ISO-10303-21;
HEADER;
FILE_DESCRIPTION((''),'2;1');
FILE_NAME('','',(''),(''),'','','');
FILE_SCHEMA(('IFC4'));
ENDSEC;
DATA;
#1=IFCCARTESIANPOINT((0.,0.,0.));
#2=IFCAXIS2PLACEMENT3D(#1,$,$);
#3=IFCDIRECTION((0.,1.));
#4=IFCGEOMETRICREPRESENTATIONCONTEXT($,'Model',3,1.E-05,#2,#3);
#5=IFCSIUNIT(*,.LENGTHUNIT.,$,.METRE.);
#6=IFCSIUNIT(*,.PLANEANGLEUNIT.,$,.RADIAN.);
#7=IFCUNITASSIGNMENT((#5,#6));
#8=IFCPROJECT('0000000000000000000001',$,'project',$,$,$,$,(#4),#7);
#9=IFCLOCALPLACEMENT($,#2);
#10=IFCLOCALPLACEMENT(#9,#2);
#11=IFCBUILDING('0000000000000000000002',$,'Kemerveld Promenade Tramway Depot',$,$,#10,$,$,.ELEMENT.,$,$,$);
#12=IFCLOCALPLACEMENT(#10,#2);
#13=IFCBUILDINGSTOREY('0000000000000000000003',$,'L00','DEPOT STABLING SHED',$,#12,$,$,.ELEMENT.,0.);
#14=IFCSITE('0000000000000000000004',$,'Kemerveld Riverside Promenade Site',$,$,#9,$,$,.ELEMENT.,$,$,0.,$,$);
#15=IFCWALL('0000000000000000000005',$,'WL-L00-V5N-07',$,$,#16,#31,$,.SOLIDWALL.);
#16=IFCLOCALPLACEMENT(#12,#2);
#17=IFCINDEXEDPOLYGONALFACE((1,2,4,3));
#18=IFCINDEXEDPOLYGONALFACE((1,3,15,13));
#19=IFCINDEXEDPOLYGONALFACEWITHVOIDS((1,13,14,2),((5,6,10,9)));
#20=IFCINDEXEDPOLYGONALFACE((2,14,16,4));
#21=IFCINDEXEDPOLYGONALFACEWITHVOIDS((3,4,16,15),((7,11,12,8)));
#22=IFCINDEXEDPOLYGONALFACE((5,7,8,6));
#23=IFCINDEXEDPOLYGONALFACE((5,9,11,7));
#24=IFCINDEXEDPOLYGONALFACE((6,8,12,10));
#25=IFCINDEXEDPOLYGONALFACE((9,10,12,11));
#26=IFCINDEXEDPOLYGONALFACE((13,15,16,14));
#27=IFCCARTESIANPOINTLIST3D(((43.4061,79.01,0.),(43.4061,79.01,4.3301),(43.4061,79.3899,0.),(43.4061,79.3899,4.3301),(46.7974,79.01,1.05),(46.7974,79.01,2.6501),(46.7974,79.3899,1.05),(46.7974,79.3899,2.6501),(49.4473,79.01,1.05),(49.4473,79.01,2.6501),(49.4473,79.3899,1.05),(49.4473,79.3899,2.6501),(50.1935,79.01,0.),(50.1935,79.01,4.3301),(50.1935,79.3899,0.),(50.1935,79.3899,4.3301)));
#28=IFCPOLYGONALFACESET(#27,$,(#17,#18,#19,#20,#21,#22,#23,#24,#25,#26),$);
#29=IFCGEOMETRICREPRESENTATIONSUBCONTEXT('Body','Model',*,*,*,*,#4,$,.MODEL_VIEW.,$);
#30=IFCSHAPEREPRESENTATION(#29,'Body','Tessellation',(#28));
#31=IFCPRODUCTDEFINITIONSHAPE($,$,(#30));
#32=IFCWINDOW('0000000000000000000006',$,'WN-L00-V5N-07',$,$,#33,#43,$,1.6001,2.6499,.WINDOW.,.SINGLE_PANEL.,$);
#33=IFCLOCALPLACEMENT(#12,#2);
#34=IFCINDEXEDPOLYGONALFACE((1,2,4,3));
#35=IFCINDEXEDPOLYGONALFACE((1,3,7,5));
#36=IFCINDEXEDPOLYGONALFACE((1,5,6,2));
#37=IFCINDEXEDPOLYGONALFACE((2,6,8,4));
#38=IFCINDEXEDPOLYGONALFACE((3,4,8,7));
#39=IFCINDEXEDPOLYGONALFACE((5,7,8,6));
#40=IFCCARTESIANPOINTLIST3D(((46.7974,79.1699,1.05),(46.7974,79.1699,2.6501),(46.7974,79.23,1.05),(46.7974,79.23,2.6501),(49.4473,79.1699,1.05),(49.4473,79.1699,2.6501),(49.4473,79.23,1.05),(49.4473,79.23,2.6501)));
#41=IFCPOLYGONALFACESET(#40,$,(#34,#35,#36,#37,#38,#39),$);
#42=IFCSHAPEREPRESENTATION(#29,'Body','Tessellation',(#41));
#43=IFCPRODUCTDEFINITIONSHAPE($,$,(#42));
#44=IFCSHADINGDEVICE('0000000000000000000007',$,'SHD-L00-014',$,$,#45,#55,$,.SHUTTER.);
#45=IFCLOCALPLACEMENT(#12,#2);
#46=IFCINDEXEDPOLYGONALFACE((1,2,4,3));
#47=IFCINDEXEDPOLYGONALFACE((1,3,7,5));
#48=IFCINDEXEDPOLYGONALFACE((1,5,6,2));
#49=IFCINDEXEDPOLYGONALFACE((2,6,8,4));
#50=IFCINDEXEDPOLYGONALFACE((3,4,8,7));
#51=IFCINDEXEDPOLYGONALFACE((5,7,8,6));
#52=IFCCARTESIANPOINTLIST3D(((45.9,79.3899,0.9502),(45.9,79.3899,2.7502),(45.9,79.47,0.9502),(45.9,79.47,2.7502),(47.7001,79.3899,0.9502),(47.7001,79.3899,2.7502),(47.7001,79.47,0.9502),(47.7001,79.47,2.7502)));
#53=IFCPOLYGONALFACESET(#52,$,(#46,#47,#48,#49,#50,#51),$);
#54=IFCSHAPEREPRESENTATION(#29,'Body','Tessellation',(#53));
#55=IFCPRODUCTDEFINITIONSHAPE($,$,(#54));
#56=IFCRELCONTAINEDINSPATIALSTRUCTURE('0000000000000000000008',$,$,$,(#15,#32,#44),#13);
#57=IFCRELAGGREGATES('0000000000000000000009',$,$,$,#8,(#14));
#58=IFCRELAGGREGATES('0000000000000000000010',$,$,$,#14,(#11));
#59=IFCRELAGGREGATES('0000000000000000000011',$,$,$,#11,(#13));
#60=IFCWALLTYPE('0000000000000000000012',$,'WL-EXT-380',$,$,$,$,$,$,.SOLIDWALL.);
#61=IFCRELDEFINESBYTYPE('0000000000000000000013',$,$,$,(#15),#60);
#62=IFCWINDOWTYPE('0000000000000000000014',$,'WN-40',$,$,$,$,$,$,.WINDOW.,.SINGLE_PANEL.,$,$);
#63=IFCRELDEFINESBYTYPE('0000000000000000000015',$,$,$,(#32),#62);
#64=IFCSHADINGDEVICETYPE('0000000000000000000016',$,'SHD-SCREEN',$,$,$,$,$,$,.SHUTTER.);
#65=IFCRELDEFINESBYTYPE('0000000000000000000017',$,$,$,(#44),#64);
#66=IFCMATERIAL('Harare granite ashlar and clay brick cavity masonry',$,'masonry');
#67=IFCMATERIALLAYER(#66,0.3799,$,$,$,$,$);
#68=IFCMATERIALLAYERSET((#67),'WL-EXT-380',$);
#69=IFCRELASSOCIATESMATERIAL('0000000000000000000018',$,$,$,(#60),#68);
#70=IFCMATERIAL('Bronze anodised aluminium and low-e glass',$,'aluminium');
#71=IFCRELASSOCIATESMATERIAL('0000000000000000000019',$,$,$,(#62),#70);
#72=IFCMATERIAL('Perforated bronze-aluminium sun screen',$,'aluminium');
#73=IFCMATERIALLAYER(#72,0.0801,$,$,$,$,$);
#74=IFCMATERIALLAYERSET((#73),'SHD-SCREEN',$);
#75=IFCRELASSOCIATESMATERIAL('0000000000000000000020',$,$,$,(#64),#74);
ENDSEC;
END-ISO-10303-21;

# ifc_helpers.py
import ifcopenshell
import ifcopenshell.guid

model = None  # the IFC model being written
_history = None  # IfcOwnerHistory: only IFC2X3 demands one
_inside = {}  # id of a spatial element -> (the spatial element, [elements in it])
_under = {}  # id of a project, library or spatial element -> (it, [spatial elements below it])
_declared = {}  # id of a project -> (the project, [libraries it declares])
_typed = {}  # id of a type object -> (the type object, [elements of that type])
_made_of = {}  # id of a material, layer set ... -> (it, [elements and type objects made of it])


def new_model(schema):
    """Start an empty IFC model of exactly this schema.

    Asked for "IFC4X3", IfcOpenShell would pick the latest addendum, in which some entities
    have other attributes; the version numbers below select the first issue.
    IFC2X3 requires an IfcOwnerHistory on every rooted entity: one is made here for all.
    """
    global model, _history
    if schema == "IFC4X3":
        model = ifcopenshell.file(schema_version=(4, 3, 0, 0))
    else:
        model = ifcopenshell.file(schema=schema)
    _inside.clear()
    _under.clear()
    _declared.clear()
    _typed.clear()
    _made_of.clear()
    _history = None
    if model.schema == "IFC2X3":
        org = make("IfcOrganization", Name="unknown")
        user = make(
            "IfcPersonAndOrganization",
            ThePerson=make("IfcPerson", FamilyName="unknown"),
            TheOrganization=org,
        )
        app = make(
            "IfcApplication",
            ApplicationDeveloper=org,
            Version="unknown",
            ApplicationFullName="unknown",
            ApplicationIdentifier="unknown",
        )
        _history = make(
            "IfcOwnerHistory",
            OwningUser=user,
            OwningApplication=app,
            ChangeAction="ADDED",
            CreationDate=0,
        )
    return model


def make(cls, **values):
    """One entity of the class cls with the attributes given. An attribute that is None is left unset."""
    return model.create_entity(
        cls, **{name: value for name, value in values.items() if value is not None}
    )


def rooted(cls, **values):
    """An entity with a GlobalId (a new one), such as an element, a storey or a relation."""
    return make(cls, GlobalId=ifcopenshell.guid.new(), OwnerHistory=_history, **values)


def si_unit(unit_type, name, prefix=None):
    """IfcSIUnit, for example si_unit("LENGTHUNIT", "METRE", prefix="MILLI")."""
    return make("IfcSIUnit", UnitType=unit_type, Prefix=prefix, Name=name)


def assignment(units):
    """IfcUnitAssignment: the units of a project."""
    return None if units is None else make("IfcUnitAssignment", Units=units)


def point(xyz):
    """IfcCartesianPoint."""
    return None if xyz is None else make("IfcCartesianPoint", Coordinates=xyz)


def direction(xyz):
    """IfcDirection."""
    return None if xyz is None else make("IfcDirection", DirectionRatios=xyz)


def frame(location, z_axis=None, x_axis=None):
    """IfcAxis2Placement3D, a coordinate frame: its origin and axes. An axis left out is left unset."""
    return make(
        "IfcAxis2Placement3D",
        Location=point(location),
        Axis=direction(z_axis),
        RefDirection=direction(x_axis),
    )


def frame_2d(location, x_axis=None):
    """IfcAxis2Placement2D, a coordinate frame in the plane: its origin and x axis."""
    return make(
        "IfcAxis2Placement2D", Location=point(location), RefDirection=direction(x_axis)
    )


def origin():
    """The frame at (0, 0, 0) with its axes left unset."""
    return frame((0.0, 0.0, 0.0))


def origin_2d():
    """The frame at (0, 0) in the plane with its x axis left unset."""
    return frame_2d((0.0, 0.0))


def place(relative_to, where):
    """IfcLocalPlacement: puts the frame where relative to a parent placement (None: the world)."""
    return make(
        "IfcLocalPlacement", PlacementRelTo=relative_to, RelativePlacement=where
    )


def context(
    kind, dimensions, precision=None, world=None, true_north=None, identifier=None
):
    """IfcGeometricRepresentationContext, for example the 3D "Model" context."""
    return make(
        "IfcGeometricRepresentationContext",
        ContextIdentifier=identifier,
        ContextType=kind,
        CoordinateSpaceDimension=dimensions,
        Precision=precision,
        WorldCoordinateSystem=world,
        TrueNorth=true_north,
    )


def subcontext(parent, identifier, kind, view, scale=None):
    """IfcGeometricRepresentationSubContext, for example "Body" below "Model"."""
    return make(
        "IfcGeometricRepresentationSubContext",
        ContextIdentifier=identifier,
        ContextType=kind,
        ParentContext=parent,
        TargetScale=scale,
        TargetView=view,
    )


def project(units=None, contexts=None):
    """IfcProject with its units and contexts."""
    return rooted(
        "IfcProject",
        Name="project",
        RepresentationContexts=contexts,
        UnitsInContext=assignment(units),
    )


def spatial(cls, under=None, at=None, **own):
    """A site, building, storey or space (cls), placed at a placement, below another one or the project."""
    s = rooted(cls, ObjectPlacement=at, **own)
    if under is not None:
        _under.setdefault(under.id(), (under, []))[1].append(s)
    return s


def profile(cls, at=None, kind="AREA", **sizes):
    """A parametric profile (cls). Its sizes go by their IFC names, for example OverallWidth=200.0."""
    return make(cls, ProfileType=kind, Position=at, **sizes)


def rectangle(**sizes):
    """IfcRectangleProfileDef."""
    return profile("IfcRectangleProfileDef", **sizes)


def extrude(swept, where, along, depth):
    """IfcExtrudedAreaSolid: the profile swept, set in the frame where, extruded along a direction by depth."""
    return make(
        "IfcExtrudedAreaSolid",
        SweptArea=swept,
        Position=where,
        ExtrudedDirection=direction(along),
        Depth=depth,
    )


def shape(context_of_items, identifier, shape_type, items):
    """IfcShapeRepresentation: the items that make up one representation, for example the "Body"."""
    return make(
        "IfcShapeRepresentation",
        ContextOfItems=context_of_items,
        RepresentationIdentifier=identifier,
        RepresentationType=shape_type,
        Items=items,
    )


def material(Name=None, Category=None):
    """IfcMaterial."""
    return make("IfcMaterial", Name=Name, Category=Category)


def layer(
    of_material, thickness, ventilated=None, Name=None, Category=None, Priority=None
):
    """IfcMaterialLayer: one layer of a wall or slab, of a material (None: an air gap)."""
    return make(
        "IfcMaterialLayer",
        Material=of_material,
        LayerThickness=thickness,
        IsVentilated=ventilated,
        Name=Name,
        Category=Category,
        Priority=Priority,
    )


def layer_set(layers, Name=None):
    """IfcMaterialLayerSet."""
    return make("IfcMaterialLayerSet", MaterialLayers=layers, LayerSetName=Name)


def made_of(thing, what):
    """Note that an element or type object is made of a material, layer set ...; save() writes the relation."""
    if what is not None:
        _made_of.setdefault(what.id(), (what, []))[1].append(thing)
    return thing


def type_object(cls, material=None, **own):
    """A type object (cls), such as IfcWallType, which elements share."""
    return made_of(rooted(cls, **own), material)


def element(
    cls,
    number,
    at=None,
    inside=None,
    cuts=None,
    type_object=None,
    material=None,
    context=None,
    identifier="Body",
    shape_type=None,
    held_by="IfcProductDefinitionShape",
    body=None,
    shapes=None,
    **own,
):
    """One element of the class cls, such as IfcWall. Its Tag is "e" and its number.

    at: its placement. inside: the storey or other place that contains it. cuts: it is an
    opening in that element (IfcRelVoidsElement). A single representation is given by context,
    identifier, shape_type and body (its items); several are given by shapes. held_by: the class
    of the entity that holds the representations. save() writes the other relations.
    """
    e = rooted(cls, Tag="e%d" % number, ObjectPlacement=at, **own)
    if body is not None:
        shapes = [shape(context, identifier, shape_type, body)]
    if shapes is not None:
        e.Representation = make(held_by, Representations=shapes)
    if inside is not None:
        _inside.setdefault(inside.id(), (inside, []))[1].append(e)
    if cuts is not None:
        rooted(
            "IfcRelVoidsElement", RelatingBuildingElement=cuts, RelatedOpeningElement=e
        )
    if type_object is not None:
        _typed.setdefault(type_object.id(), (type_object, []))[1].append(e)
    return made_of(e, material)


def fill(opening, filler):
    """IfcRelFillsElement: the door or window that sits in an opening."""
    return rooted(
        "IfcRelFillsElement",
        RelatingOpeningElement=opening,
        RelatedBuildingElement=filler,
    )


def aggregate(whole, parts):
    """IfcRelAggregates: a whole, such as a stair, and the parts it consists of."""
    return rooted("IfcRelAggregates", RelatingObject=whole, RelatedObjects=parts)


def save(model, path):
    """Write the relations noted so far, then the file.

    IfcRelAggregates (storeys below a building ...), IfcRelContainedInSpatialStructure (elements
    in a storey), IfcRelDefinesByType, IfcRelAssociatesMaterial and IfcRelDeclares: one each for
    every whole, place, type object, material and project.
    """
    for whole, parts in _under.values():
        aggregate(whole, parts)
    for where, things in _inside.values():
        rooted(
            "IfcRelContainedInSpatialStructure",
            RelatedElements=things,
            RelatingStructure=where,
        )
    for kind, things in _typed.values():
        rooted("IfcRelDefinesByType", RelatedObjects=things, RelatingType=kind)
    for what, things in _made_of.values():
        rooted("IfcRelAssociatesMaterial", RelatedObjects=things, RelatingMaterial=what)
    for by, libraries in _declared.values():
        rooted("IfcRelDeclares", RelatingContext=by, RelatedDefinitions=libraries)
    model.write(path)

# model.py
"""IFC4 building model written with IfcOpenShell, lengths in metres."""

from ifc_helpers import new_model, si_unit, direction, frame, frame_2d, origin, origin_2d, place, context, subcontext, project, spatial, rectangle, extrude, material, layer, layer_set, type_object, element, fill, save


model = new_model("IFC4")

# Units and contexts
model_context = context("Model", 3, precision=1e-05, world=origin(), true_north=direction((0.0, 1.0)))
body_context = subcontext(model_context, "Body", "Model", "MODEL_VIEW")
ifc_project = project(units=[si_unit("LENGTHUNIT", "METRE"), si_unit("PLANEANGLEUNIT", "RADIAN")], contexts=[model_context])

# Site, building, storey
site_placement = place(None, origin())
site = spatial("IfcSite", under=ifc_project, at=site_placement, Name="Kemerveld Riverside Promenade Site", CompositionType="ELEMENT", RefElevation=0.0)
building_placement = place(site_placement, origin())
building = spatial("IfcBuilding", under=site, at=building_placement, Name="Kemerveld Promenade Tramway Depot", CompositionType="ELEMENT")
storey_placement = place(building_placement, origin())
storey = spatial("IfcBuildingStorey", under=building, at=storey_placement, Name="L00", Description="DEPOT STABLING SHED", CompositionType="ELEMENT", Elevation=0.0)

# Wall, opening, window
ifc_material_1 = material(Name="Harare granite ashlar and clay brick cavity masonry", Category="masonry")
ifc_layer_1 = layer(ifc_material_1, 0.3799)
ifc_layer_set_1 = layer_set([ifc_layer_1], Name="WL-EXT-380")
wall_type = type_object("IfcWallType", Name="WL-EXT-380", PredefinedType="SOLIDWALL", material=ifc_layer_set_1)
wall_placement = place(storey_placement, frame((43.4062, 79.2, 0.0), z_axis=(0.0, 0.0, 1.0), x_axis=(1.0, 0.0, 0.0)))
wall = element("IfcWall", 1, at=wall_placement, inside=storey, type_object=wall_type, Name="WL-L00-V5N-07", PredefinedType="SOLIDWALL", context=body_context, shape_type="SweptSolid", body=[
    extrude(rectangle(XDim=6.7874, YDim=0.3799, at=frame_2d((3.3936, 0.0))), origin(), (0.0, 0.0, 1.0), 4.3301),
])
opening_placement = place(wall_placement, frame((3.3911, 0.0, 1.05)))
opening = element("IfcOpeningElement", 2, at=opening_placement, cuts=wall, PredefinedType="OPENING", context=body_context, shape_type="SweptSolid", body=[
    extrude(rectangle(XDim=2.6499, YDim=1.6001, at=frame_2d((1.325, 0.8))), frame((0.0, 0.2, 0.0), z_axis=(0.0, -1.0, 0.0), x_axis=(1.0, 0.0, 0.0)), (0.0, 0.0, 1.0), 0.3999),
])
ifc_material_2 = material(Name="Bronze anodised aluminium and low-e glass", Category="aluminium")
window_type = type_object("IfcWindowType", Name="WN-40", PartitioningType="SINGLE_PANEL", PredefinedType="WINDOW", material=ifc_material_2)
window_placement = place(opening_placement, origin())
window = element("IfcWindow", 3, at=window_placement, inside=storey, type_object=window_type, Name="WN-L00-V5N-07", OverallHeight=1.6001, OverallWidth=2.6499, PartitioningType="SINGLE_PANEL", PredefinedType="WINDOW", context=body_context, shape_type="SweptSolid", body=[
    extrude(rectangle(XDim=2.6499, YDim=1.6001, at=frame_2d((1.325, 0.8))), frame((0.0, 0.03, 0.0), z_axis=(0.0, -1.0, 0.0), x_axis=(1.0, 0.0, 0.0)), (0.0, 0.0, 1.0), 0.0601),
])
fill(opening, window)

# Shading device
ifc_material_3 = material(Name="Perforated bronze-aluminium sun screen", Category="aluminium")
ifc_layer_2 = layer(ifc_material_3, 0.0801)
ifc_layer_set_2 = layer_set([ifc_layer_2], Name="SHD-SCREEN")
shading_device_type = type_object("IfcShadingDeviceType", Name="SHD-SCREEN", PredefinedType="SHUTTER", material=ifc_layer_set_2)
shading_device_placement = place(storey_placement, frame((46.8, 79.4299, 0.9502), z_axis=(0.0, 0.0, 1.0), x_axis=(1.0, 0.0, 0.0)))
element("IfcShadingDevice", 4, at=shading_device_placement, inside=storey, type_object=shading_device_type, Name="SHD-L00-014", PredefinedType="SHUTTER", context=body_context, shape_type="SweptSolid", body=[
    extrude(rectangle(XDim=1.8, YDim=0.0801, at=origin_2d()), origin(), (0.0, 0.0, 1.0), 1.8),
])

save(model, "model.ifc")
